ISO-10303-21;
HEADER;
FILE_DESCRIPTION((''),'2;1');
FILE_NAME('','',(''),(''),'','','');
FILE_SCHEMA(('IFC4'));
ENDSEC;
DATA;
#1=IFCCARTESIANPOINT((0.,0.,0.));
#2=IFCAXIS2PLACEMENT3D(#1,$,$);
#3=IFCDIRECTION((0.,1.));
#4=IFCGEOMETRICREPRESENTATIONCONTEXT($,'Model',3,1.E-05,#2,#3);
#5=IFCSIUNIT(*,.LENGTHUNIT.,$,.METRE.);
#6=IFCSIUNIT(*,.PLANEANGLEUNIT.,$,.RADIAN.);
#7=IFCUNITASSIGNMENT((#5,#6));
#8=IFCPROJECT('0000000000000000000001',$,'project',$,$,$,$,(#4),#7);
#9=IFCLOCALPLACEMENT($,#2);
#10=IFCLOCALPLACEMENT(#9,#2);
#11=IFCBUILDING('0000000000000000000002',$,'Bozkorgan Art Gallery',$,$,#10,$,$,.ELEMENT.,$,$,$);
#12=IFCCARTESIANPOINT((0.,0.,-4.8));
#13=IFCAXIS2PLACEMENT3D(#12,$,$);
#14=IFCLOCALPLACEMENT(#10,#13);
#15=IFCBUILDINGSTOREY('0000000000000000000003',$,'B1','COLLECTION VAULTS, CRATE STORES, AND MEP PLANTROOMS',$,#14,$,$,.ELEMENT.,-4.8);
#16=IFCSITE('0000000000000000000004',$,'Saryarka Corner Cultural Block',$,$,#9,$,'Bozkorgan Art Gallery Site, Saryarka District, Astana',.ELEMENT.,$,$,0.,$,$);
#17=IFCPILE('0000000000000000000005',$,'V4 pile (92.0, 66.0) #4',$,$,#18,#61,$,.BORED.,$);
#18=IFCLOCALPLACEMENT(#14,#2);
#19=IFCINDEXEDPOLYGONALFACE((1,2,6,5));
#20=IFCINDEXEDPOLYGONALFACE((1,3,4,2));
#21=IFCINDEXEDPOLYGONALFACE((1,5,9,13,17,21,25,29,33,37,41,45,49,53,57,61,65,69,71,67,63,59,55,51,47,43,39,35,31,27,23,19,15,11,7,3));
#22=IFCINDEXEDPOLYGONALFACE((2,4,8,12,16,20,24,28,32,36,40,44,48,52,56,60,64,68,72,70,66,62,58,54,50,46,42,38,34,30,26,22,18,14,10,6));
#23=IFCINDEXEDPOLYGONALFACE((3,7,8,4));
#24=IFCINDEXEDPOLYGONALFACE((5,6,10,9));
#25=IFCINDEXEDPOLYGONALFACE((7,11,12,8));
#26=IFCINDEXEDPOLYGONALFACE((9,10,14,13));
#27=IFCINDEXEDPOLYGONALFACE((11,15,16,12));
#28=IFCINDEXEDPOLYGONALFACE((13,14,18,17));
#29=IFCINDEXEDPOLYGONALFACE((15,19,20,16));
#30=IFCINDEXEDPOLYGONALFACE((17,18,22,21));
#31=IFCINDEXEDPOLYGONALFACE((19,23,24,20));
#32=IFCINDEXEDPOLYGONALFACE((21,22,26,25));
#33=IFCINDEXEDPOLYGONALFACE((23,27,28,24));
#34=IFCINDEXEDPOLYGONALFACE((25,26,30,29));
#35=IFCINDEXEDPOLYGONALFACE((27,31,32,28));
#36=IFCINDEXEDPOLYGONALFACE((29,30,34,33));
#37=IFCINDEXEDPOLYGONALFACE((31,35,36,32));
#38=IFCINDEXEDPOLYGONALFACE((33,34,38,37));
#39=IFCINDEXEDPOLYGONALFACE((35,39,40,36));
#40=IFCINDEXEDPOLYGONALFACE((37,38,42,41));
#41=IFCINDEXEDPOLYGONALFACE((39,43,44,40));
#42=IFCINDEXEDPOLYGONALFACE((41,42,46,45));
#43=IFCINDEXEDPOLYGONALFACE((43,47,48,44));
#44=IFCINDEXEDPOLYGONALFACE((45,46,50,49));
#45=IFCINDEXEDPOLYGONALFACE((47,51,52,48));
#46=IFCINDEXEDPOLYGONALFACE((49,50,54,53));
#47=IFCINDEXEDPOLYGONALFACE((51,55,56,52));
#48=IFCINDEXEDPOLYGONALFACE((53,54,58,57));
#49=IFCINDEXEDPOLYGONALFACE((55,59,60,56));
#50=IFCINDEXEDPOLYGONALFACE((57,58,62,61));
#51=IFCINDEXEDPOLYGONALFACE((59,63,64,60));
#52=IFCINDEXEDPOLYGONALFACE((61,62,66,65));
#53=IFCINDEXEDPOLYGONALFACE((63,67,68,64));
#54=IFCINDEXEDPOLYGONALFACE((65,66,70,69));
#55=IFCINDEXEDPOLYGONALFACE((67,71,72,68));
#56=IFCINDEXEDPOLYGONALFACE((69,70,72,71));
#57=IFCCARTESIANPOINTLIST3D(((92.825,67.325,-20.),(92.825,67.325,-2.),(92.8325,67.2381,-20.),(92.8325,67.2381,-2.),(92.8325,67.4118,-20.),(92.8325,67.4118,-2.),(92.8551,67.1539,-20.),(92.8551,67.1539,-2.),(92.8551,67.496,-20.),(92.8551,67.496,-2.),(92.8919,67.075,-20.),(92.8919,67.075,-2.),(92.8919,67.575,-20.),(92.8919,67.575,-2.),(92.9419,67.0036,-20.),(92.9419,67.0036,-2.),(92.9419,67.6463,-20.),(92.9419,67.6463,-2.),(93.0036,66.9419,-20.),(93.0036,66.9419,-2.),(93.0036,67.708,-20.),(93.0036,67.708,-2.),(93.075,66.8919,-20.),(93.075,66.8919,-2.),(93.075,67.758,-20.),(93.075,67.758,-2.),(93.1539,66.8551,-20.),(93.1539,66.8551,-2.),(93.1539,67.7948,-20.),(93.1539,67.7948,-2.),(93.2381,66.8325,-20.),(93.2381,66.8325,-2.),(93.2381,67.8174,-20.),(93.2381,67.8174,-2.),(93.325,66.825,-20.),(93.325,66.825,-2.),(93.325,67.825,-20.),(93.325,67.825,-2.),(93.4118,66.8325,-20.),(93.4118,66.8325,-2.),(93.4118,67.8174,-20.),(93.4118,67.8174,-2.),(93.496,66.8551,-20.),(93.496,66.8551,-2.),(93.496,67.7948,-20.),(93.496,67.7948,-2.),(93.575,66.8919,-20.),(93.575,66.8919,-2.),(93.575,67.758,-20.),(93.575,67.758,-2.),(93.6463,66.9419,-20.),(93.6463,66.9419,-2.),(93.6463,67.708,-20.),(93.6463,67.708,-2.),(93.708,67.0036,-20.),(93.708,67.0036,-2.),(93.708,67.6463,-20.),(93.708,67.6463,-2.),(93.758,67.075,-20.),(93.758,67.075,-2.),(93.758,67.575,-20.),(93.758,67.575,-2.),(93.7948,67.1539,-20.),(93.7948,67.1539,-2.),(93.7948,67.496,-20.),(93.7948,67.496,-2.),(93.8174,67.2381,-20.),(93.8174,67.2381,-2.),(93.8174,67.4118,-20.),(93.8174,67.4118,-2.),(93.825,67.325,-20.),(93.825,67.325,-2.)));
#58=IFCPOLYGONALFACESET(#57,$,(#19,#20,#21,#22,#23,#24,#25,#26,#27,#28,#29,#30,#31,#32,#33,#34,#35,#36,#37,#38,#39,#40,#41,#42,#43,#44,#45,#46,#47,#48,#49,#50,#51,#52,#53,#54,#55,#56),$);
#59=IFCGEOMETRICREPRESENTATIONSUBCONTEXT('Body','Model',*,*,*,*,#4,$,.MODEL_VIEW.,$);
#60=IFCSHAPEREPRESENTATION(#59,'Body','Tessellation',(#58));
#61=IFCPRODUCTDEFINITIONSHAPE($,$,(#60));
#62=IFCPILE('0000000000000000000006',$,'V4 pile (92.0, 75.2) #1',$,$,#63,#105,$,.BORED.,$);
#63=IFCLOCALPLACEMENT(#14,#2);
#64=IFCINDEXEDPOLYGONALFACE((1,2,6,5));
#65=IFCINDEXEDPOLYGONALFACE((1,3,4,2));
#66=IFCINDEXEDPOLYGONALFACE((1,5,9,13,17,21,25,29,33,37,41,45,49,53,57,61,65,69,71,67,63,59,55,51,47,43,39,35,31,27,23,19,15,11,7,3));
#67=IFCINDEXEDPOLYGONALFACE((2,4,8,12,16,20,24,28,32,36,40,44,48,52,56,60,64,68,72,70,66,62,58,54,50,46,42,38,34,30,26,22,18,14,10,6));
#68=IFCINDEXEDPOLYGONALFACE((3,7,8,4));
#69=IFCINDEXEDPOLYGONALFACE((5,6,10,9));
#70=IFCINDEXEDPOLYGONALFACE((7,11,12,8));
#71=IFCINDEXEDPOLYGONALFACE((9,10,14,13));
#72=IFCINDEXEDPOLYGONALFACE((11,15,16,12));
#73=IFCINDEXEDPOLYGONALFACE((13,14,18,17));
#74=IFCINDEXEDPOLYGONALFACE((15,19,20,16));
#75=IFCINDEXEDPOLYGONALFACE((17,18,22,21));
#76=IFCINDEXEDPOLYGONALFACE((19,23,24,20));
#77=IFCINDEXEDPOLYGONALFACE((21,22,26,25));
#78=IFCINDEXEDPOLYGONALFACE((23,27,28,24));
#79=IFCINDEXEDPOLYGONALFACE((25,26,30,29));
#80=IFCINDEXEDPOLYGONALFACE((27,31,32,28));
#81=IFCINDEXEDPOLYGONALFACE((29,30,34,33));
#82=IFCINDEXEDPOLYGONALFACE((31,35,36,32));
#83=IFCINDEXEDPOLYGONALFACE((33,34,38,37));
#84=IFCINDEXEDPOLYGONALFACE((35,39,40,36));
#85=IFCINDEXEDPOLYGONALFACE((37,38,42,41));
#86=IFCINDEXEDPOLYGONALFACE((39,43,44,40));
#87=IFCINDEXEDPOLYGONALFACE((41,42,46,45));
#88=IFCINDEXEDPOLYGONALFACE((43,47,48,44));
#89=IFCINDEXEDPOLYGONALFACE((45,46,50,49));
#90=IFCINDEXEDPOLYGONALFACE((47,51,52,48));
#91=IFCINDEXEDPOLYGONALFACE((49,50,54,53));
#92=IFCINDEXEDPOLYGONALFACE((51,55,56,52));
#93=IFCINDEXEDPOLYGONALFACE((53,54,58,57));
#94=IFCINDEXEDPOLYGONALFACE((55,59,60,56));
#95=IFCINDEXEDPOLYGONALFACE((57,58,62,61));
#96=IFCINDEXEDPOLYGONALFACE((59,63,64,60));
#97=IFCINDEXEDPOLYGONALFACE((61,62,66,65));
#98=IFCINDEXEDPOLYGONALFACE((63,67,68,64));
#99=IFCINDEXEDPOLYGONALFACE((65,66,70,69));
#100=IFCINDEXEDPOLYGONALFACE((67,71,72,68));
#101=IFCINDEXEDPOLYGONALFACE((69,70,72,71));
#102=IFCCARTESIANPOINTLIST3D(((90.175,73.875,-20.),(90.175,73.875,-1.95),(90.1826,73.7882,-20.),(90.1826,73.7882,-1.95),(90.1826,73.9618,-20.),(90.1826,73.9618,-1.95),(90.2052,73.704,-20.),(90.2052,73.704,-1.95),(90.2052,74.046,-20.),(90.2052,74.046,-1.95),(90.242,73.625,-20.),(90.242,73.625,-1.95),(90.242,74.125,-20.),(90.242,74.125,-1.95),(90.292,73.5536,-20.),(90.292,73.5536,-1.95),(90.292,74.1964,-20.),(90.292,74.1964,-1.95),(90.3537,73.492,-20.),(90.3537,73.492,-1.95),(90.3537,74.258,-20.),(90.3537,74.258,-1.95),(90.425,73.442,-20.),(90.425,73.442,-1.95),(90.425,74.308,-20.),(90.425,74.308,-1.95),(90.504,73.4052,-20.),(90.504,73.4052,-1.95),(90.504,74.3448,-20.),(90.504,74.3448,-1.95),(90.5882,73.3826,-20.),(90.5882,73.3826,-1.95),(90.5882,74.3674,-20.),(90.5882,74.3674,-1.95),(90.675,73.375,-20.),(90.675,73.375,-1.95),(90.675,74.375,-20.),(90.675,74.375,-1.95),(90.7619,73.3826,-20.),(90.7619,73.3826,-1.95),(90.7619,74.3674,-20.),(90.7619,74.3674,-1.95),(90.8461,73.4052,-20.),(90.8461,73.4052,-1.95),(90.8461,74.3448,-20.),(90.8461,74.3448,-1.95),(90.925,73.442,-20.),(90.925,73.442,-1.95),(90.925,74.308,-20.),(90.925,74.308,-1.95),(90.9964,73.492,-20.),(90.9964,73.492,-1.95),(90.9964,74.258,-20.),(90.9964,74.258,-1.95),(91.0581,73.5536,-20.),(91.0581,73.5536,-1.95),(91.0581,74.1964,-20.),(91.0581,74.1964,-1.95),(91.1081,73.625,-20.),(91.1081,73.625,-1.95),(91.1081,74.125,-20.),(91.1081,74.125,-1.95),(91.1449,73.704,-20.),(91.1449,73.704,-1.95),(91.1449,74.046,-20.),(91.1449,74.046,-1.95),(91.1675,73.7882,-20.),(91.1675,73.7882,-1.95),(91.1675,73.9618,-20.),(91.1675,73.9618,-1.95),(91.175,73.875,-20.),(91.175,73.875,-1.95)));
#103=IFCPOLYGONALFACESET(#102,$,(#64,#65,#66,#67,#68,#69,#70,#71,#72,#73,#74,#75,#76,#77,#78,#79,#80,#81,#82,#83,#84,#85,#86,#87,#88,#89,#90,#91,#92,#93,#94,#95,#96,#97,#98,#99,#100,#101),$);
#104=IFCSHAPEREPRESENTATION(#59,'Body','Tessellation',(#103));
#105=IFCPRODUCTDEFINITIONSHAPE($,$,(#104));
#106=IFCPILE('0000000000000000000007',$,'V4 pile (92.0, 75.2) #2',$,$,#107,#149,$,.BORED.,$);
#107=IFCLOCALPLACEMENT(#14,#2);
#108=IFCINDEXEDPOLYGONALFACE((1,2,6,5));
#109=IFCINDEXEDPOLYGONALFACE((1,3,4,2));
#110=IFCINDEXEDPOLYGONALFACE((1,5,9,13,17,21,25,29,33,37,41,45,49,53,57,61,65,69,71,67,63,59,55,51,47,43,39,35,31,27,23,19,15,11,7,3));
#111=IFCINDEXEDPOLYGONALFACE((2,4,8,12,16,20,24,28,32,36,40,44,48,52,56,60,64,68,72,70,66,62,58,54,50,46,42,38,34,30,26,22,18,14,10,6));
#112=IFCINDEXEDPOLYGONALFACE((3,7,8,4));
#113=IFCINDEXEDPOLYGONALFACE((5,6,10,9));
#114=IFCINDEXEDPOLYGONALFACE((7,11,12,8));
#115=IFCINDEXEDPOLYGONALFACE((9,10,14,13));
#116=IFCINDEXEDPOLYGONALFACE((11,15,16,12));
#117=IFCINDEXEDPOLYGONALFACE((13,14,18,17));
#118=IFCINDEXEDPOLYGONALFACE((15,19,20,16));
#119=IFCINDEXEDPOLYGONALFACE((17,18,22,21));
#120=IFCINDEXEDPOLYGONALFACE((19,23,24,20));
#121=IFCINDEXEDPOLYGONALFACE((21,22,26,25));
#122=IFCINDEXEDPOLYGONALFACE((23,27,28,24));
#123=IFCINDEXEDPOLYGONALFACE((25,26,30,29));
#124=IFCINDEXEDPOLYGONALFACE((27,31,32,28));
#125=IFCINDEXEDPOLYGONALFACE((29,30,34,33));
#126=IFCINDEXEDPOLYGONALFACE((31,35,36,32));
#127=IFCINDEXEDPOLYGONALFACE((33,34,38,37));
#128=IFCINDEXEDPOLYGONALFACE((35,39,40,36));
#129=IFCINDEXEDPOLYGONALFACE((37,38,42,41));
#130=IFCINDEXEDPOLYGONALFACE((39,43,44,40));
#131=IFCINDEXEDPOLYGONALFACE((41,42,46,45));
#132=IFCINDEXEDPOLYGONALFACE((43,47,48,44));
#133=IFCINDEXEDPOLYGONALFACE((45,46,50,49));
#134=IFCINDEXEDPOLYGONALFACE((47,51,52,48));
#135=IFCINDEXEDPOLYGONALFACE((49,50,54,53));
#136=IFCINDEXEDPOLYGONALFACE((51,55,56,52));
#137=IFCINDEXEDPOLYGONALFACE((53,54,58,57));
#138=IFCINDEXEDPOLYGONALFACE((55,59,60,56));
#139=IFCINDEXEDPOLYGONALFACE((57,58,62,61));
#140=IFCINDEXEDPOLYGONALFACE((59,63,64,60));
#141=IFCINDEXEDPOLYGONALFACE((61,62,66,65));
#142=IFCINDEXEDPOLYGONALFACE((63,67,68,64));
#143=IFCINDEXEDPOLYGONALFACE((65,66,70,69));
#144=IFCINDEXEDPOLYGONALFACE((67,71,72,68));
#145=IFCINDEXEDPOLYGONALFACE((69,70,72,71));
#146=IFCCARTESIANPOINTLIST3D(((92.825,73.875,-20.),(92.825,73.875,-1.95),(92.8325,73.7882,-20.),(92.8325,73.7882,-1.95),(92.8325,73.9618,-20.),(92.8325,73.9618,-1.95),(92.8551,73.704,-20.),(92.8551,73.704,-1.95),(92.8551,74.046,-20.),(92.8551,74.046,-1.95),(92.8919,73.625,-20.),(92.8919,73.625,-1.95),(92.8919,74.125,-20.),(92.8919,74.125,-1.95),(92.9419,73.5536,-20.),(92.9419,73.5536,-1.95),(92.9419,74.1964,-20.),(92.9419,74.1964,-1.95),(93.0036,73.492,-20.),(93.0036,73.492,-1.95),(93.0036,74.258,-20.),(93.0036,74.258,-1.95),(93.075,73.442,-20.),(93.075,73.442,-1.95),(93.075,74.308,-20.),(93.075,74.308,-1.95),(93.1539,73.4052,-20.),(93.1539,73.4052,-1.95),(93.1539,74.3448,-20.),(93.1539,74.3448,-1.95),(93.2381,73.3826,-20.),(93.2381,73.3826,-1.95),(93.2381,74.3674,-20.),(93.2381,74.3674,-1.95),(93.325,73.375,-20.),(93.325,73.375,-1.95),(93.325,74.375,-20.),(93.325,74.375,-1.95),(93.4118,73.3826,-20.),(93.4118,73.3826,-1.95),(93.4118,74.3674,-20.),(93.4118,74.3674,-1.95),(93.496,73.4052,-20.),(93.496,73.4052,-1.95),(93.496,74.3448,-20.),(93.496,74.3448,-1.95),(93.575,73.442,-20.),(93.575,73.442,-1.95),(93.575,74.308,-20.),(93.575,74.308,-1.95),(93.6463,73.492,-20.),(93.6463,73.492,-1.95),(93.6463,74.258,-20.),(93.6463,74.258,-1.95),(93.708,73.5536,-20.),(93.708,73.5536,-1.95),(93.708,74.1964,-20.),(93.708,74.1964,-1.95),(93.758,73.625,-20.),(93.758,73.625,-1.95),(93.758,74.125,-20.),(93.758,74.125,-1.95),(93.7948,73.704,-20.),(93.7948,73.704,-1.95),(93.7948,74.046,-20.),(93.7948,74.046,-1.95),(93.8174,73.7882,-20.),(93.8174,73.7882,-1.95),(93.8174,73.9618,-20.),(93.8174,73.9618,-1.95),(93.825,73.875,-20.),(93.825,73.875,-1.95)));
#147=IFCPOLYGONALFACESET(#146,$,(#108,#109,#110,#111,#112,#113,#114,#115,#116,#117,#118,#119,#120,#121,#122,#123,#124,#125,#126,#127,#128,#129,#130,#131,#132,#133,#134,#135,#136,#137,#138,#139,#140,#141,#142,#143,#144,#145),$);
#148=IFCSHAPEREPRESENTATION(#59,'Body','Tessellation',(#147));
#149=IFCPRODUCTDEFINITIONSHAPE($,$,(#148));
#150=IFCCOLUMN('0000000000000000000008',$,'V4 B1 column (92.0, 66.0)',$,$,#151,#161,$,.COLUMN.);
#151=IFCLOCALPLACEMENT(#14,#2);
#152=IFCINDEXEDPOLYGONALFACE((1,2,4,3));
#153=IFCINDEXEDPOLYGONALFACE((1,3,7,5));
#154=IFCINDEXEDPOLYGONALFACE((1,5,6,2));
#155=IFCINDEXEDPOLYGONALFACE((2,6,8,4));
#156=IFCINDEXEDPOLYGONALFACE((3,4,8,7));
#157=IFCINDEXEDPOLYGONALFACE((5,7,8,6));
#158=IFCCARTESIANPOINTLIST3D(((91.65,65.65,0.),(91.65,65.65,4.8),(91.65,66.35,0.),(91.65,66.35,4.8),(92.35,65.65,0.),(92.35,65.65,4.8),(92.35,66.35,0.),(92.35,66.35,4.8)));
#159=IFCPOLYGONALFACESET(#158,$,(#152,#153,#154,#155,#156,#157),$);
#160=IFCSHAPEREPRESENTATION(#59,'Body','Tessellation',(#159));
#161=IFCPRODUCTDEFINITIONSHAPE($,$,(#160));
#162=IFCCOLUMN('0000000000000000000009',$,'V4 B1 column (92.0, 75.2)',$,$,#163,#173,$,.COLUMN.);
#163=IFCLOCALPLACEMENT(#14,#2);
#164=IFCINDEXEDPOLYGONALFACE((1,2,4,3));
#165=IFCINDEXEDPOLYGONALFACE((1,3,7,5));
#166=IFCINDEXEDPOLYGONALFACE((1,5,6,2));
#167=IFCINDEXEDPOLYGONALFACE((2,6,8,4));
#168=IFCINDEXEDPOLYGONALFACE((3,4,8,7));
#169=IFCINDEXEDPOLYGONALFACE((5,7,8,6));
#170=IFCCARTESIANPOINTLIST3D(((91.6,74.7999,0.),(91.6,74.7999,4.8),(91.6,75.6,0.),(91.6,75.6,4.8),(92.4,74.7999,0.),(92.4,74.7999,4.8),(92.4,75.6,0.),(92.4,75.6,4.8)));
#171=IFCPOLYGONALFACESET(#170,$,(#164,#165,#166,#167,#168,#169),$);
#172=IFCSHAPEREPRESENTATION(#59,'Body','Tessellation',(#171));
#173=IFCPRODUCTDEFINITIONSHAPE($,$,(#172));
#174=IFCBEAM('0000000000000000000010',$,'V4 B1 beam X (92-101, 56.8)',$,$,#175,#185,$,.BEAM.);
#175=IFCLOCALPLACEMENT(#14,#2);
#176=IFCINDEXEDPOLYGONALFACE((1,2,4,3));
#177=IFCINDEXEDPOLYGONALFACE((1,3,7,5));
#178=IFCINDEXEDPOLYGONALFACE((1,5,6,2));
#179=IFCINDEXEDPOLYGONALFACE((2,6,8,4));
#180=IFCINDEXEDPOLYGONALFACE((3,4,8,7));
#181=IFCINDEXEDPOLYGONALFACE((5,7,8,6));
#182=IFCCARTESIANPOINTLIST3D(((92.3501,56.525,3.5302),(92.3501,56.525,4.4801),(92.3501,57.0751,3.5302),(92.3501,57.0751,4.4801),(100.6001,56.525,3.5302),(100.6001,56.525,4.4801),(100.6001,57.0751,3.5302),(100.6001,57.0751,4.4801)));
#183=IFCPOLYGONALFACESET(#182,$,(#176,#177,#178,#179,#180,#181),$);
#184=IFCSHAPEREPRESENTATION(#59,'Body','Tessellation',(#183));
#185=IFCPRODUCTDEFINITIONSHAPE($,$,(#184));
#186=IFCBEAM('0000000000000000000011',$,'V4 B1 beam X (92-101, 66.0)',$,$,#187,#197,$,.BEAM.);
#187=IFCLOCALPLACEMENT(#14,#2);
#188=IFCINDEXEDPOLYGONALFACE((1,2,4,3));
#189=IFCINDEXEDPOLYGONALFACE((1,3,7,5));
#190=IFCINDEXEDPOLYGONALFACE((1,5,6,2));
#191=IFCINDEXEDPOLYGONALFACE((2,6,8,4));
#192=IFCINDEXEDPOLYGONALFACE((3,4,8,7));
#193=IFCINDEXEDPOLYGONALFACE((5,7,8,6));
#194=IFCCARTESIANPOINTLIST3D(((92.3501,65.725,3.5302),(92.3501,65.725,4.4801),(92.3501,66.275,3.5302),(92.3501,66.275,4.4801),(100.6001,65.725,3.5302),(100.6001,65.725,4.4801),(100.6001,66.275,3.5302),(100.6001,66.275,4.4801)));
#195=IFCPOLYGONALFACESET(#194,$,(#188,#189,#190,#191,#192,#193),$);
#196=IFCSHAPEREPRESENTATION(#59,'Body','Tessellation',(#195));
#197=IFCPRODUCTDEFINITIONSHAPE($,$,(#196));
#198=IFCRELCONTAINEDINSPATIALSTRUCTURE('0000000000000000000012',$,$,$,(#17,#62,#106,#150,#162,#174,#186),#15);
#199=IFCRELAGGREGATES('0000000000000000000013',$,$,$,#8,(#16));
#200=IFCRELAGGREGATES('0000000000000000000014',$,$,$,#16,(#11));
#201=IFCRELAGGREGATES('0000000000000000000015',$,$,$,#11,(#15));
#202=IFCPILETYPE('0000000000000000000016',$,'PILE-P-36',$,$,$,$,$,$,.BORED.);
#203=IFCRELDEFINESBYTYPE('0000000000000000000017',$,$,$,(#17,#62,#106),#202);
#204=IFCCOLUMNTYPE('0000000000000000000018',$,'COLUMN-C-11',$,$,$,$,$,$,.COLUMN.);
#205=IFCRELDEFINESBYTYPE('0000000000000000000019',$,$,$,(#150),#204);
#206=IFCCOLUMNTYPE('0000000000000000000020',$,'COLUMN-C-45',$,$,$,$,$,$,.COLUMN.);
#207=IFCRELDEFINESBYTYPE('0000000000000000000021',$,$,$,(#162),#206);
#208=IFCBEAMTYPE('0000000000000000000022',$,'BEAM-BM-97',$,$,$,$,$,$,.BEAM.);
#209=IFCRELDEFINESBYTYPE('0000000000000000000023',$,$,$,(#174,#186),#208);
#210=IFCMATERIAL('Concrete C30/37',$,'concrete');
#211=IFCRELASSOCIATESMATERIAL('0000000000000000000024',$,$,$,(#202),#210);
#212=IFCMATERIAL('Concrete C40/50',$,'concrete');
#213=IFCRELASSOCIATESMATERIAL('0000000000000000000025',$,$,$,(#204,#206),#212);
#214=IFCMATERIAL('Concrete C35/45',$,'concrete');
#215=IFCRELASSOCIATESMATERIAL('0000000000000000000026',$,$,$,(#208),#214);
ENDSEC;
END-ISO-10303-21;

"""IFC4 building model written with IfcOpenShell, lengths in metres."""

from ifc_helpers import new_model, si_unit, direction, frame, origin, origin_2d, place, context, subcontext, project, spatial, rectangle, circle, extrude, material, material_profile, profile_set, type_object, element, save


model = new_model("IFC4")

# Units and contexts
model_context = context("Model", 3, precision=1e-05, world=origin(), true_north=direction((0.0, 1.0)))
body_context = subcontext(model_context, "Body", "Model", "MODEL_VIEW")
ifc_project = project(units=[si_unit("LENGTHUNIT", "METRE"), si_unit("PLANEANGLEUNIT", "RADIAN")], contexts=[model_context])

# Site, building, storey
site_placement = place(None, origin())
site = spatial("IfcSite", under=ifc_project, at=site_placement, Name="Saryarka Corner Cultural Block", LongName="Bozkorgan Art Gallery Site, Saryarka District, Astana", CompositionType="ELEMENT", RefElevation=0.0)
building_placement = place(site_placement, origin())
building = spatial("IfcBuilding", under=site, at=building_placement, Name="Bozkorgan Art Gallery", CompositionType="ELEMENT")
storey_placement = place(building_placement, frame((0.0, 0.0, -4.8)))
storey = spatial("IfcBuildingStorey", under=building, at=storey_placement, Name="B1", Description="COLLECTION VAULTS, CRATE STORES, AND MEP PLANTROOMS", CompositionType="ELEMENT", Elevation=-4.8)

# Shared definitions
ifc_material_1 = material(Name="Concrete C30/37", Category="concrete")

# Piles
ifc_material_profile_1 = material_profile(ifc_material_1, circle(Radius=0.5, at=origin_2d()), Name="PILE D1000")
ifc_profile_set_1 = profile_set([ifc_material_profile_1], Name="Concrete C30/37")
pile_type = type_object("IfcPileType", Name="PILE-P-36", PredefinedType="BORED", material=ifc_profile_set_1)
for number, where, z_axis, x_axis, name in (
    (1, (93.325, 67.325, -2.0), (0.0, 0.0, -1.0), (1.0, 0.0, 0.0), "V4 pile (92.0, 66.0) #4"),
):
    element("IfcPile", number, at=place(storey_placement, frame(where, z_axis=z_axis, x_axis=x_axis)), inside=storey, type_object=pile_type, Name=name, PredefinedType="BORED", context=body_context, shape_type="SweptSolid", body=[
        extrude(circle(Radius=0.5, at=origin_2d()), origin(), (0.0, 0.0, 1.0), 18.0),
    ])
for number, where, z_axis, x_axis, name in (
    (2, (90.675, 73.875, -1.95), (0.0, 0.0, -1.0), (1.0, 0.0, 0.0), "V4 pile (92.0, 75.2) #1"),
    (3, (93.325, 73.875, -1.95), (0.0, 0.0, -1.0), (1.0, 0.0, 0.0), "V4 pile (92.0, 75.2) #2"),
):
    element("IfcPile", number, at=place(storey_placement, frame(where, z_axis=z_axis, x_axis=x_axis)), inside=storey, type_object=pile_type, Name=name, PredefinedType="BORED", context=body_context, shape_type="SweptSolid", body=[
        extrude(circle(Radius=0.5, at=origin_2d()), origin(), (0.0, 0.0, 1.0), 18.05),
    ])

# Columns
ifc_material_2 = material(Name="Concrete C40/50", Category="concrete")
ifc_material_profile_2 = material_profile(ifc_material_2, rectangle(XDim=0.7, YDim=0.7, at=origin_2d()), Name="RC 700x700")
ifc_profile_set_2 = profile_set([ifc_material_profile_2], Name="Concrete C40/50")
column_type_1 = type_object("IfcColumnType", Name="COLUMN-C-11", PredefinedType="COLUMN", material=ifc_profile_set_2)
column_1_placement = place(storey_placement, frame((92.0, 66.0, 0.0), z_axis=(0.0, 0.0, 1.0), x_axis=(1.0, 0.0, 0.0)))
element("IfcColumn", 4, at=column_1_placement, inside=storey, type_object=column_type_1, Name="V4 B1 column (92.0, 66.0)", PredefinedType="COLUMN", context=body_context, shape_type="SweptSolid", body=[
    extrude(rectangle(XDim=0.7, YDim=0.7, at=origin_2d()), origin(), (0.0, 0.0, 1.0), 4.8),
])
ifc_material_profile_3 = material_profile(ifc_material_2, rectangle(XDim=0.8, YDim=0.8, at=origin_2d()), Name="RC 800x800")
ifc_profile_set_3 = profile_set([ifc_material_profile_3], Name="Concrete C40/50")
column_type_2 = type_object("IfcColumnType", Name="COLUMN-C-45", PredefinedType="COLUMN", material=ifc_profile_set_3)
column_2_placement = place(storey_placement, frame((92.0, 75.2, 0.0), z_axis=(0.0, 0.0, 1.0), x_axis=(1.0, 0.0, 0.0)))
element("IfcColumn", 5, at=column_2_placement, inside=storey, type_object=column_type_2, Name="V4 B1 column (92.0, 75.2)", PredefinedType="COLUMN", context=body_context, shape_type="SweptSolid", body=[
    extrude(rectangle(XDim=0.8, YDim=0.8, at=origin_2d()), origin(), (0.0, 0.0, 1.0), 4.8),
])

# Beams
ifc_material_3 = material(Name="Concrete C35/45", Category="concrete")
ifc_material_profile_4 = material_profile(ifc_material_3, rectangle(XDim=0.55, YDim=0.95, at=origin_2d()), Name="RC 550x950")
ifc_profile_set_4 = profile_set([ifc_material_profile_4], Name="Concrete C35/45")
beam_type = type_object("IfcBeamType", Name="BEAM-BM-97", PredefinedType="BEAM", material=ifc_profile_set_4)
for number, where, z_axis, x_axis, name in (
    (6, (92.3501, 56.8, 4.0051), (1.0, 0.0, 0.0), (0.0, 1.0, 0.0), "V4 B1 beam X (92-101, 56.8)"),
    (7, (92.3501, 66.0, 4.0051), (1.0, 0.0, 0.0), (0.0, 1.0, 0.0), "V4 B1 beam X (92-101, 66.0)"),
):
    element("IfcBeam", number, at=place(storey_placement, frame(where, z_axis=z_axis, x_axis=x_axis)), inside=storey, type_object=beam_type, Name=name, PredefinedType="BEAM", context=body_context, shape_type="SweptSolid", body=[
        extrude(rectangle(XDim=0.55, YDim=0.95, at=origin_2d()), origin(), (0.0, 0.0, 1.0), 8.25),
    ])

save(model, "model.ifc")
